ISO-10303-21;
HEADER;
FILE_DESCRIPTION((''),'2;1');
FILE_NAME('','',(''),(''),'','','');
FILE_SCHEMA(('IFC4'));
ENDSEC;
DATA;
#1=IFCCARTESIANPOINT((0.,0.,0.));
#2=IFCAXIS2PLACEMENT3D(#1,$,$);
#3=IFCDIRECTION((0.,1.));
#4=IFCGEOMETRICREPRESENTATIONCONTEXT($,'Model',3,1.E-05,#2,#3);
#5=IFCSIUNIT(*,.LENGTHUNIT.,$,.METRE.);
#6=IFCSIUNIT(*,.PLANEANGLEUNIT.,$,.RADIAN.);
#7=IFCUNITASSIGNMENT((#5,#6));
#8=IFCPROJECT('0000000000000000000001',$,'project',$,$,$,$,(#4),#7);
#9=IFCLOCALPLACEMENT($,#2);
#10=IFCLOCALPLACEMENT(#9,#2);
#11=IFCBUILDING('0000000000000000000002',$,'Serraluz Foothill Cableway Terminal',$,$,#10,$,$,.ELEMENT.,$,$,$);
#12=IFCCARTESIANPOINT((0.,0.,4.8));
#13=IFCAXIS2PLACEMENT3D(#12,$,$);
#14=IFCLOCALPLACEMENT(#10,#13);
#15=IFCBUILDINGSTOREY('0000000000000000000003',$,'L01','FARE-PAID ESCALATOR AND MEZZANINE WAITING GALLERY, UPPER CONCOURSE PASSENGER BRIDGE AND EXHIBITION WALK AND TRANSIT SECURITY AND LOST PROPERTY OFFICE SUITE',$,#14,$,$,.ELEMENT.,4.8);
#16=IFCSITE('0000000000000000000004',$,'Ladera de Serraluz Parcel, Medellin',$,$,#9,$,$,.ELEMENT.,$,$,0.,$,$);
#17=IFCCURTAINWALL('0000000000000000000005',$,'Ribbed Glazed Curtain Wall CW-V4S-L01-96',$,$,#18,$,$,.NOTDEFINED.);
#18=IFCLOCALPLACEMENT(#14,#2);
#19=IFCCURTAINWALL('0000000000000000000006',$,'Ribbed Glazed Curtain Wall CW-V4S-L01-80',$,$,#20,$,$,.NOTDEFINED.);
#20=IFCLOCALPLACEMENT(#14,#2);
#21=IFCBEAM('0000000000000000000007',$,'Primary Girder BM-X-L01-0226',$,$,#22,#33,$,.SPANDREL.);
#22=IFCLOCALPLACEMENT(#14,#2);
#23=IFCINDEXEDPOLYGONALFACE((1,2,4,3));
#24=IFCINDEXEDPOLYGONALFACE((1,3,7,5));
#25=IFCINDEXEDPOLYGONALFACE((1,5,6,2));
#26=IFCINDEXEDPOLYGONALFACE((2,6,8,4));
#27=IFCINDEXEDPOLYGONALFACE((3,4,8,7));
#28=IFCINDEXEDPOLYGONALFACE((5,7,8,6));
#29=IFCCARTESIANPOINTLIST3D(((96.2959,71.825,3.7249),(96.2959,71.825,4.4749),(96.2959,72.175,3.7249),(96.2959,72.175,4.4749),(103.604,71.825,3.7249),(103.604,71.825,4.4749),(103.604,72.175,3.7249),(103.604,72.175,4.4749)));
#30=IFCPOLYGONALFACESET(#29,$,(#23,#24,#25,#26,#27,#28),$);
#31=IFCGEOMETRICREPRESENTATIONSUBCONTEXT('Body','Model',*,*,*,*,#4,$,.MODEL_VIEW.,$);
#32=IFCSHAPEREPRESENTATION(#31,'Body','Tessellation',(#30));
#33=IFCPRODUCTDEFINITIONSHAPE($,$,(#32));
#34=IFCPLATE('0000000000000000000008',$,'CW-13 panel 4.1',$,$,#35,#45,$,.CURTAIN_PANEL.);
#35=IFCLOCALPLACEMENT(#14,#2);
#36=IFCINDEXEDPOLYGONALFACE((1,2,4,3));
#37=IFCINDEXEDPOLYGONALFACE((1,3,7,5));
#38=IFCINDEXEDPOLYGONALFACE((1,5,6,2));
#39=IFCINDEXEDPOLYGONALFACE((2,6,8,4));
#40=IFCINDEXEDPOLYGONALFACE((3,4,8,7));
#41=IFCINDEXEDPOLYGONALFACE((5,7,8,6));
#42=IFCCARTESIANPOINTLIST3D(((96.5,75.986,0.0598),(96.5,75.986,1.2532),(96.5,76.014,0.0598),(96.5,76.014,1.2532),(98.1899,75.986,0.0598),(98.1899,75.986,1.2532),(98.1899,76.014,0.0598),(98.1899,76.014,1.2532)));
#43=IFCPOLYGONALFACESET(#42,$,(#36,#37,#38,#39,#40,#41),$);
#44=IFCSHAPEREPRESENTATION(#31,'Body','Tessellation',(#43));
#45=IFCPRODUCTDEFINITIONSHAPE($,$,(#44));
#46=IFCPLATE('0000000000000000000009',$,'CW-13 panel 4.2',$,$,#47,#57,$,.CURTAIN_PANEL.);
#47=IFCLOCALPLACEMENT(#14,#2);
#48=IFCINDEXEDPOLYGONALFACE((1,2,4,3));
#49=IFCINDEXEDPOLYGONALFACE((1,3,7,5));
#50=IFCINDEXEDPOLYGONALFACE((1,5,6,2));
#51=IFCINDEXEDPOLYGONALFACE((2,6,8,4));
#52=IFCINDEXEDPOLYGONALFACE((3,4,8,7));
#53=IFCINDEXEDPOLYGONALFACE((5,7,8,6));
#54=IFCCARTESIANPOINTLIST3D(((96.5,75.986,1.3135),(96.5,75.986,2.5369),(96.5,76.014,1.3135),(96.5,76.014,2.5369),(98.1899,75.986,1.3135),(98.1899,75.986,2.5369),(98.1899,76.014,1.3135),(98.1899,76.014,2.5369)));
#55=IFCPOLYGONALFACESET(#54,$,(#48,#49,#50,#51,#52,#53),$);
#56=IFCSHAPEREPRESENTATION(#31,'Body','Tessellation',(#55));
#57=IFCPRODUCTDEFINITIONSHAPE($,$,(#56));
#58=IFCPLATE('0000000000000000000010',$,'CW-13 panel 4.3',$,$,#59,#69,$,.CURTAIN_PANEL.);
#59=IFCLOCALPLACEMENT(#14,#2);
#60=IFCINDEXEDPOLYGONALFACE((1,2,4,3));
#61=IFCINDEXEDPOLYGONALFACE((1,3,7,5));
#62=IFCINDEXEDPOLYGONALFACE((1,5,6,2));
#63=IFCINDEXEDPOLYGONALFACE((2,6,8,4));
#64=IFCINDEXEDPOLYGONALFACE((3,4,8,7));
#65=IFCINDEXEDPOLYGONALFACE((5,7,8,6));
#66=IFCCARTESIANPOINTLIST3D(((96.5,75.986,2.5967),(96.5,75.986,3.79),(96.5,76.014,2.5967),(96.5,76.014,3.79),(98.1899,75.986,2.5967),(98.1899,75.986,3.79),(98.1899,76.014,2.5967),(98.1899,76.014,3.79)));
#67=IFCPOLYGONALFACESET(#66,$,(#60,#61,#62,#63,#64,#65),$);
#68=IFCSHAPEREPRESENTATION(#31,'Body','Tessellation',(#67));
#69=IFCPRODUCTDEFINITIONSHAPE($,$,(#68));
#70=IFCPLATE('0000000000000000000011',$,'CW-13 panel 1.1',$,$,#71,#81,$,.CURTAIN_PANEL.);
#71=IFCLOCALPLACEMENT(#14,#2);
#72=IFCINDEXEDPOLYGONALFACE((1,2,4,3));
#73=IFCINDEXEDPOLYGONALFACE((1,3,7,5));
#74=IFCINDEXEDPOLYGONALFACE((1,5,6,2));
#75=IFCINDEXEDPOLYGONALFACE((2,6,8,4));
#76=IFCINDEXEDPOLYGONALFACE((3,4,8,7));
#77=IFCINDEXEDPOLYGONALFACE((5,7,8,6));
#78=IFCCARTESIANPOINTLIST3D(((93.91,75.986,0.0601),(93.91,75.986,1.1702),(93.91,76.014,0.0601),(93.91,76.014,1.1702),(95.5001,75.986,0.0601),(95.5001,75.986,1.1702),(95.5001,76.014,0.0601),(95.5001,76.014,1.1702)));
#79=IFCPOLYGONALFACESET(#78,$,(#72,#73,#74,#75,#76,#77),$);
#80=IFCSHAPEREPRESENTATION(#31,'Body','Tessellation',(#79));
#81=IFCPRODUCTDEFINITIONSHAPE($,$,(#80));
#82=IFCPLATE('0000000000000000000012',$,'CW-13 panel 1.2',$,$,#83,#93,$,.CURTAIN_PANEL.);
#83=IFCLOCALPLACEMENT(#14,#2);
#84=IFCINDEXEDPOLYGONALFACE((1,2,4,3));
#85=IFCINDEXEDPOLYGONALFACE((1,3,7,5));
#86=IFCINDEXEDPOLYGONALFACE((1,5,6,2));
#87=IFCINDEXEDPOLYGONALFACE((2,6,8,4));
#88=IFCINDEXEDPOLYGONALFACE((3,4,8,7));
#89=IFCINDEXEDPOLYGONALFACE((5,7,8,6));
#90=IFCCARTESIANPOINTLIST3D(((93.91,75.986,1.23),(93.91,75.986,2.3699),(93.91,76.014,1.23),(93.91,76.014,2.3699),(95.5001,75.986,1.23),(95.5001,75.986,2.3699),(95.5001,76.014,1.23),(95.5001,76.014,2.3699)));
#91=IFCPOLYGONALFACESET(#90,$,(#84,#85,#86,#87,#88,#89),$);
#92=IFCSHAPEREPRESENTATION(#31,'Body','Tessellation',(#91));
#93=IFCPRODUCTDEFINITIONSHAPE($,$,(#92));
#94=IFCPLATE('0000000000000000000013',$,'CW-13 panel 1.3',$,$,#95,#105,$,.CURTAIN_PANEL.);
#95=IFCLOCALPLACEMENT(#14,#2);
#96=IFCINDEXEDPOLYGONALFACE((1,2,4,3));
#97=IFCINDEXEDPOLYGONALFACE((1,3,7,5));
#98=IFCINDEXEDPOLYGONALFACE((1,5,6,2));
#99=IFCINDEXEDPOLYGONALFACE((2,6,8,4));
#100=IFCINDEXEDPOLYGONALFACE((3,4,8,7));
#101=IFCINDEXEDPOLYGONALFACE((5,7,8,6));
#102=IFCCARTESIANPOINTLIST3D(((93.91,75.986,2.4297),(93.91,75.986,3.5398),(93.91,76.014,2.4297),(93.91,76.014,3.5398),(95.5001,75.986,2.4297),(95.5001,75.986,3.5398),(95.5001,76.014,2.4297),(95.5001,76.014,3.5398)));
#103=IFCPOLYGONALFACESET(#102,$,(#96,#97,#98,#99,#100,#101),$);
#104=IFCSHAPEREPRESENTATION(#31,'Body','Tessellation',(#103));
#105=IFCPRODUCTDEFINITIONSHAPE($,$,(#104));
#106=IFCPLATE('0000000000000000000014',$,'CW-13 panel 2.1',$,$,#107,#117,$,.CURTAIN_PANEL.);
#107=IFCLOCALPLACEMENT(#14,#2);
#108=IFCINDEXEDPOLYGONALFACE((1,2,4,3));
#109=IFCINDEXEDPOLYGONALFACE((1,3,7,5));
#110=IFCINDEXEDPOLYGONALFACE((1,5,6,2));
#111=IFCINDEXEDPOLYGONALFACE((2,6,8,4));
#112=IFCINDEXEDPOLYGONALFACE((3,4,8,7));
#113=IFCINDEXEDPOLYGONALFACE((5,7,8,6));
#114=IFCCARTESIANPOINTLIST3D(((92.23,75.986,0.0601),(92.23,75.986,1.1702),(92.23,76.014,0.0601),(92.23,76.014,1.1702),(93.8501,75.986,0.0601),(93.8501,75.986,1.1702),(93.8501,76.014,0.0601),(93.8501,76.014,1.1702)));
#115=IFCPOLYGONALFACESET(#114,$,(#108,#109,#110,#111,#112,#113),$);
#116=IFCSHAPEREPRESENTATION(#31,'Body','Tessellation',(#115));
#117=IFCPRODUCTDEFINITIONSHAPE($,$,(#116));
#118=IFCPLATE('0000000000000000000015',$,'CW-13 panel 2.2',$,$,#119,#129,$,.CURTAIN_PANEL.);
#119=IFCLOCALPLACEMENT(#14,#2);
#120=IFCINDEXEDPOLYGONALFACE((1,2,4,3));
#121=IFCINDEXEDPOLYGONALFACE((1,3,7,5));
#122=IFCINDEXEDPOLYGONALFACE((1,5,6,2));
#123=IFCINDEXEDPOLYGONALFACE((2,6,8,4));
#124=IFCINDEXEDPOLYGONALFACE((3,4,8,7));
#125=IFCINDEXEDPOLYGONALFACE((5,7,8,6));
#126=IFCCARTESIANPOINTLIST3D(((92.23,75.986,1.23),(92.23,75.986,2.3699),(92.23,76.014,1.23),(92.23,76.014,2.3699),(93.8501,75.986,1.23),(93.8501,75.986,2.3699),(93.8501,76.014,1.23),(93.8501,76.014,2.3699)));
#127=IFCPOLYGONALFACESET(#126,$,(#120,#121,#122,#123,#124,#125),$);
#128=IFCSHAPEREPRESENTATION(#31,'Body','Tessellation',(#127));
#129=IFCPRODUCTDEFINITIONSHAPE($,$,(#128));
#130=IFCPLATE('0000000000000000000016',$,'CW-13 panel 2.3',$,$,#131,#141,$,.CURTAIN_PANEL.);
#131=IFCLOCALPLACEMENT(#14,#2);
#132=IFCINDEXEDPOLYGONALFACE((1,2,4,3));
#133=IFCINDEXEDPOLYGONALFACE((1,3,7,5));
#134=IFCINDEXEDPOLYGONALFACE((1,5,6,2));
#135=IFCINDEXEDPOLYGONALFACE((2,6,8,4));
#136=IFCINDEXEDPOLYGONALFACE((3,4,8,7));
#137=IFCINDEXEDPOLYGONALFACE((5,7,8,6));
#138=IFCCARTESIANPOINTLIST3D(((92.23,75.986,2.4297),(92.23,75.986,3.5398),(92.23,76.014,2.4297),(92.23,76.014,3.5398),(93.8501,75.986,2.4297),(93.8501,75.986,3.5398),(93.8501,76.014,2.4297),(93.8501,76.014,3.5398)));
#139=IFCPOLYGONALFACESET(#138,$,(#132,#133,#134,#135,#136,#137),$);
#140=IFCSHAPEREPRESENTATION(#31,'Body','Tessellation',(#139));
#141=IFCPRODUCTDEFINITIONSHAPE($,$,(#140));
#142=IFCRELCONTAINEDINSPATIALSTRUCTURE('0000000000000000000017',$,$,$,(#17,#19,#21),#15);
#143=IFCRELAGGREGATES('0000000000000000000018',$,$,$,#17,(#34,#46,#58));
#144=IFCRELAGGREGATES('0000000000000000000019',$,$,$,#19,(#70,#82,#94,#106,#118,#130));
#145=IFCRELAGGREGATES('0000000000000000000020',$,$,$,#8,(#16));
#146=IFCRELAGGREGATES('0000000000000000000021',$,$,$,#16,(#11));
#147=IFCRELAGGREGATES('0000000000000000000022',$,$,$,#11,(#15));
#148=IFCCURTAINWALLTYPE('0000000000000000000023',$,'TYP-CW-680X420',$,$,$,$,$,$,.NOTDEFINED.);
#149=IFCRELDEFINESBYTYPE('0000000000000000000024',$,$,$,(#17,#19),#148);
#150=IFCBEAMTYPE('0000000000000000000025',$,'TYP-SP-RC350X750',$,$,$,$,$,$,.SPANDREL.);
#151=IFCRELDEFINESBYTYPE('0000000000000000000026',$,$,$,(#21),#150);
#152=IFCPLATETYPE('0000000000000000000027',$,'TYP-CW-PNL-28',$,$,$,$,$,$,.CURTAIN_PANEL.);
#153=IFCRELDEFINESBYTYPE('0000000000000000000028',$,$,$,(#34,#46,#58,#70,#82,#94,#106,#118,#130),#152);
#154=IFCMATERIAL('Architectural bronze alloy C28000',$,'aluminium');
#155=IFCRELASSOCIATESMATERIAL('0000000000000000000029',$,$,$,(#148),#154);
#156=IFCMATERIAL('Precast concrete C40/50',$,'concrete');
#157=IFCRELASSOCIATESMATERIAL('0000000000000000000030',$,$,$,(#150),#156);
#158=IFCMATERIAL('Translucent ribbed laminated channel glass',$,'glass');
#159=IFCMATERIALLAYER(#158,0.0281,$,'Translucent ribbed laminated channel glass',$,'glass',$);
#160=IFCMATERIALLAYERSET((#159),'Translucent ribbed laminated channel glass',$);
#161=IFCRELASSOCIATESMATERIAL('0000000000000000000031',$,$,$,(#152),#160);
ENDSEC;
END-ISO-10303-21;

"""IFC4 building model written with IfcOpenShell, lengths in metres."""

from ifc_helpers import new_model, si_unit, direction, frame, origin, origin_2d, place, context, subcontext, project, spatial, rectangle, extrude, material, layer, layer_set, material_profile, profile_set, type_object, element, aggregate, save


model = new_model("IFC4")

# Units and contexts
model_context = context("Model", 3, precision=1e-05, world=origin(), true_north=direction((0.0, 1.0)))
body_context = subcontext(model_context, "Body", "Model", "MODEL_VIEW")
ifc_project = project(units=[si_unit("LENGTHUNIT", "METRE"), si_unit("PLANEANGLEUNIT", "RADIAN")], contexts=[model_context])

# Site, building, storey
site_placement = place(None, origin())
site = spatial("IfcSite", under=ifc_project, at=site_placement, Name="Ladera de Serraluz Parcel, Medellin", CompositionType="ELEMENT", RefElevation=0.0)
building_placement = place(site_placement, origin())
building = spatial("IfcBuilding", under=site, at=building_placement, Name="Serraluz Foothill Cableway Terminal", CompositionType="ELEMENT")
storey_placement = place(building_placement, frame((0.0, 0.0, 4.8)))
storey = spatial("IfcBuildingStorey", under=building, at=storey_placement, Name="L01", Description="FARE-PAID ESCALATOR AND MEZZANINE WAITING GALLERY, UPPER CONCOURSE PASSENGER BRIDGE AND EXHIBITION WALK AND TRANSIT SECURITY AND LOST PROPERTY OFFICE SUITE", CompositionType="ELEMENT", Elevation=4.8)

# Curtain wall
ifc_material_1 = material(Name="Architectural bronze alloy C28000", Category="aluminium")
curtain_wall_type = type_object("IfcCurtainWallType", Name="TYP-CW-680X420", PredefinedType="NOTDEFINED", material=ifc_material_1)
curtain_wall_1_placement = place(storey_placement, origin())
curtain_wall_1 = element("IfcCurtainWall", 1, at=curtain_wall_1_placement, inside=storey, type_object=curtain_wall_type, Name="Ribbed Glazed Curtain Wall CW-V4S-L01-96", PredefinedType="NOTDEFINED")

# Curtain wall
curtain_wall_2_placement = place(storey_placement, origin())
curtain_wall_2 = element("IfcCurtainWall", 2, at=curtain_wall_2_placement, inside=storey, type_object=curtain_wall_type, Name="Ribbed Glazed Curtain Wall CW-V4S-L01-80", PredefinedType="NOTDEFINED")

# Beam
ifc_material_2 = material(Name="Precast concrete C40/50", Category="concrete")
ifc_material_profile_1 = material_profile(ifc_material_2, rectangle(XDim=0.3501, YDim=0.75, at=origin_2d()), Name="RC SP 350x750")
ifc_profile_set_1 = profile_set([ifc_material_profile_1], Name="Precast concrete C40/50")
beam_type_1 = type_object("IfcBeamType", Name="TYP-SP-RC350X750", PredefinedType="SPANDREL", material=ifc_profile_set_1)
beam_1_placement = place(storey_placement, frame((96.2959, 72.0, 4.0999), z_axis=(1.0, 0.0, 0.0), x_axis=(0.0, 1.0, 0.0)))
element("IfcBeam", 3, at=beam_1_placement, inside=storey, type_object=beam_type_1, Name="Primary Girder BM-X-L01-0226", PredefinedType="SPANDREL", context=body_context, shape_type="SweptSolid", body=[
    extrude(rectangle(XDim=0.3501, YDim=0.75, at=origin_2d()), origin(), (0.0, 0.0, 1.0), 7.3081),
])

# Plates
ifc_material_3 = material(Name="Translucent ribbed laminated channel glass", Category="glass")
ifc_layer_1 = layer(ifc_material_3, 0.0281, Name="Translucent ribbed laminated channel glass", Category="glass")
ifc_layer_set_1 = layer_set([ifc_layer_1], Name="Translucent ribbed laminated channel glass")
plate_type = type_object("IfcPlateType", Name="TYP-CW-PNL-28", PredefinedType="CURTAIN_PANEL", material=ifc_layer_set_1)
plate_1_placement = place(storey_placement, frame((97.345, 76.0, 0.0598), z_axis=(0.0, 0.0, 1.0), x_axis=(-1.0, 0.0, 0.0)))
plate_1 = element("IfcPlate", 4, at=plate_1_placement, type_object=plate_type, Name="CW-13 panel 4.1", PredefinedType="CURTAIN_PANEL", context=body_context, shape_type="SweptSolid", body=[
    extrude(rectangle(XDim=1.6899, YDim=0.0281, at=origin_2d()), origin(), (0.0, 0.0, 1.0), 1.1934),
])
plate_2_placement = place(storey_placement, frame((97.345, 76.0, 1.3135), z_axis=(0.0, 0.0, 1.0), x_axis=(-1.0, 0.0, 0.0)))
plate_2 = element("IfcPlate", 5, at=plate_2_placement, type_object=plate_type, Name="CW-13 panel 4.2", PredefinedType="CURTAIN_PANEL", context=body_context, shape_type="SweptSolid", body=[
    extrude(rectangle(XDim=1.6899, YDim=0.0281, at=origin_2d()), origin(), (0.0, 0.0, 1.0), 1.2234),
])
plate_3_placement = place(storey_placement, frame((97.345, 76.0, 2.5967), z_axis=(0.0, 0.0, 1.0), x_axis=(-1.0, 0.0, 0.0)))
plate_3 = element("IfcPlate", 6, at=plate_3_placement, type_object=plate_type, Name="CW-13 panel 4.3", PredefinedType="CURTAIN_PANEL", context=body_context, shape_type="SweptSolid", body=[
    extrude(rectangle(XDim=1.6899, YDim=0.0281, at=origin_2d()), origin(), (0.0, 0.0, 1.0), 1.1934),
])
aggregate(curtain_wall_1, [plate_1, plate_2, plate_3])
plate_4_placement = place(storey_placement, frame((94.7051, 76.0, 0.0601), z_axis=(0.0, 0.0, 1.0), x_axis=(-1.0, 0.0, 0.0)))
plate_4 = element("IfcPlate", 7, at=plate_4_placement, type_object=plate_type, Name="CW-13 panel 1.1", PredefinedType="CURTAIN_PANEL", context=body_context, shape_type="SweptSolid", body=[
    extrude(rectangle(XDim=1.5901, YDim=0.0281, at=origin_2d()), origin(), (0.0, 0.0, 1.0), 1.1101),
])
plate_5_placement = place(storey_placement, frame((94.7051, 76.0, 1.23), z_axis=(0.0, 0.0, 1.0), x_axis=(-1.0, 0.0, 0.0)))
plate_5 = element("IfcPlate", 8, at=plate_5_placement, type_object=plate_type, Name="CW-13 panel 1.2", PredefinedType="CURTAIN_PANEL", context=body_context, shape_type="SweptSolid", body=[
    extrude(rectangle(XDim=1.5901, YDim=0.0281, at=origin_2d()), origin(), (0.0, 0.0, 1.0), 1.1399),
])
plate_6_placement = place(storey_placement, frame((94.7051, 76.0, 2.4297), z_axis=(0.0, 0.0, 1.0), x_axis=(-1.0, 0.0, 0.0)))
plate_6 = element("IfcPlate", 9, at=plate_6_placement, type_object=plate_type, Name="CW-13 panel 1.3", PredefinedType="CURTAIN_PANEL", context=body_context, shape_type="SweptSolid", body=[
    extrude(rectangle(XDim=1.5901, YDim=0.0281, at=origin_2d()), origin(), (0.0, 0.0, 1.0), 1.1101),
])
plate_7_placement = place(storey_placement, frame((93.04, 76.0, 0.0601), z_axis=(0.0, 0.0, 1.0), x_axis=(-1.0, 0.0, 0.0)))
plate_7 = element("IfcPlate", 10, at=plate_7_placement, type_object=plate_type, Name="CW-13 panel 2.1", PredefinedType="CURTAIN_PANEL", context=body_context, shape_type="SweptSolid", body=[
    extrude(rectangle(XDim=1.6201, YDim=0.0281, at=origin_2d()), origin(), (0.0, 0.0, 1.0), 1.1101),
])
plate_8_placement = place(storey_placement, frame((93.04, 76.0, 1.23), z_axis=(0.0, 0.0, 1.0), x_axis=(-1.0, 0.0, 0.0)))
plate_8 = element("IfcPlate", 11, at=plate_8_placement, type_object=plate_type, Name="CW-13 panel 2.2", PredefinedType="CURTAIN_PANEL", context=body_context, shape_type="SweptSolid", body=[
    extrude(rectangle(XDim=1.6201, YDim=0.0281, at=origin_2d()), origin(), (0.0, 0.0, 1.0), 1.1399),
])
plate_9_placement = place(storey_placement, frame((93.04, 76.0, 2.4297), z_axis=(0.0, 0.0, 1.0), x_axis=(-1.0, 0.0, 0.0)))
plate_9 = element("IfcPlate", 12, at=plate_9_placement, type_object=plate_type, Name="CW-13 panel 2.3", PredefinedType="CURTAIN_PANEL", context=body_context, shape_type="SweptSolid", body=[
    extrude(rectangle(XDim=1.6201, YDim=0.0281, at=origin_2d()), origin(), (0.0, 0.0, 1.0), 1.1101),
])
aggregate(curtain_wall_2, [plate_4, plate_5, plate_6, plate_7, plate_8, plate_9])

save(model, "model.ifc")
